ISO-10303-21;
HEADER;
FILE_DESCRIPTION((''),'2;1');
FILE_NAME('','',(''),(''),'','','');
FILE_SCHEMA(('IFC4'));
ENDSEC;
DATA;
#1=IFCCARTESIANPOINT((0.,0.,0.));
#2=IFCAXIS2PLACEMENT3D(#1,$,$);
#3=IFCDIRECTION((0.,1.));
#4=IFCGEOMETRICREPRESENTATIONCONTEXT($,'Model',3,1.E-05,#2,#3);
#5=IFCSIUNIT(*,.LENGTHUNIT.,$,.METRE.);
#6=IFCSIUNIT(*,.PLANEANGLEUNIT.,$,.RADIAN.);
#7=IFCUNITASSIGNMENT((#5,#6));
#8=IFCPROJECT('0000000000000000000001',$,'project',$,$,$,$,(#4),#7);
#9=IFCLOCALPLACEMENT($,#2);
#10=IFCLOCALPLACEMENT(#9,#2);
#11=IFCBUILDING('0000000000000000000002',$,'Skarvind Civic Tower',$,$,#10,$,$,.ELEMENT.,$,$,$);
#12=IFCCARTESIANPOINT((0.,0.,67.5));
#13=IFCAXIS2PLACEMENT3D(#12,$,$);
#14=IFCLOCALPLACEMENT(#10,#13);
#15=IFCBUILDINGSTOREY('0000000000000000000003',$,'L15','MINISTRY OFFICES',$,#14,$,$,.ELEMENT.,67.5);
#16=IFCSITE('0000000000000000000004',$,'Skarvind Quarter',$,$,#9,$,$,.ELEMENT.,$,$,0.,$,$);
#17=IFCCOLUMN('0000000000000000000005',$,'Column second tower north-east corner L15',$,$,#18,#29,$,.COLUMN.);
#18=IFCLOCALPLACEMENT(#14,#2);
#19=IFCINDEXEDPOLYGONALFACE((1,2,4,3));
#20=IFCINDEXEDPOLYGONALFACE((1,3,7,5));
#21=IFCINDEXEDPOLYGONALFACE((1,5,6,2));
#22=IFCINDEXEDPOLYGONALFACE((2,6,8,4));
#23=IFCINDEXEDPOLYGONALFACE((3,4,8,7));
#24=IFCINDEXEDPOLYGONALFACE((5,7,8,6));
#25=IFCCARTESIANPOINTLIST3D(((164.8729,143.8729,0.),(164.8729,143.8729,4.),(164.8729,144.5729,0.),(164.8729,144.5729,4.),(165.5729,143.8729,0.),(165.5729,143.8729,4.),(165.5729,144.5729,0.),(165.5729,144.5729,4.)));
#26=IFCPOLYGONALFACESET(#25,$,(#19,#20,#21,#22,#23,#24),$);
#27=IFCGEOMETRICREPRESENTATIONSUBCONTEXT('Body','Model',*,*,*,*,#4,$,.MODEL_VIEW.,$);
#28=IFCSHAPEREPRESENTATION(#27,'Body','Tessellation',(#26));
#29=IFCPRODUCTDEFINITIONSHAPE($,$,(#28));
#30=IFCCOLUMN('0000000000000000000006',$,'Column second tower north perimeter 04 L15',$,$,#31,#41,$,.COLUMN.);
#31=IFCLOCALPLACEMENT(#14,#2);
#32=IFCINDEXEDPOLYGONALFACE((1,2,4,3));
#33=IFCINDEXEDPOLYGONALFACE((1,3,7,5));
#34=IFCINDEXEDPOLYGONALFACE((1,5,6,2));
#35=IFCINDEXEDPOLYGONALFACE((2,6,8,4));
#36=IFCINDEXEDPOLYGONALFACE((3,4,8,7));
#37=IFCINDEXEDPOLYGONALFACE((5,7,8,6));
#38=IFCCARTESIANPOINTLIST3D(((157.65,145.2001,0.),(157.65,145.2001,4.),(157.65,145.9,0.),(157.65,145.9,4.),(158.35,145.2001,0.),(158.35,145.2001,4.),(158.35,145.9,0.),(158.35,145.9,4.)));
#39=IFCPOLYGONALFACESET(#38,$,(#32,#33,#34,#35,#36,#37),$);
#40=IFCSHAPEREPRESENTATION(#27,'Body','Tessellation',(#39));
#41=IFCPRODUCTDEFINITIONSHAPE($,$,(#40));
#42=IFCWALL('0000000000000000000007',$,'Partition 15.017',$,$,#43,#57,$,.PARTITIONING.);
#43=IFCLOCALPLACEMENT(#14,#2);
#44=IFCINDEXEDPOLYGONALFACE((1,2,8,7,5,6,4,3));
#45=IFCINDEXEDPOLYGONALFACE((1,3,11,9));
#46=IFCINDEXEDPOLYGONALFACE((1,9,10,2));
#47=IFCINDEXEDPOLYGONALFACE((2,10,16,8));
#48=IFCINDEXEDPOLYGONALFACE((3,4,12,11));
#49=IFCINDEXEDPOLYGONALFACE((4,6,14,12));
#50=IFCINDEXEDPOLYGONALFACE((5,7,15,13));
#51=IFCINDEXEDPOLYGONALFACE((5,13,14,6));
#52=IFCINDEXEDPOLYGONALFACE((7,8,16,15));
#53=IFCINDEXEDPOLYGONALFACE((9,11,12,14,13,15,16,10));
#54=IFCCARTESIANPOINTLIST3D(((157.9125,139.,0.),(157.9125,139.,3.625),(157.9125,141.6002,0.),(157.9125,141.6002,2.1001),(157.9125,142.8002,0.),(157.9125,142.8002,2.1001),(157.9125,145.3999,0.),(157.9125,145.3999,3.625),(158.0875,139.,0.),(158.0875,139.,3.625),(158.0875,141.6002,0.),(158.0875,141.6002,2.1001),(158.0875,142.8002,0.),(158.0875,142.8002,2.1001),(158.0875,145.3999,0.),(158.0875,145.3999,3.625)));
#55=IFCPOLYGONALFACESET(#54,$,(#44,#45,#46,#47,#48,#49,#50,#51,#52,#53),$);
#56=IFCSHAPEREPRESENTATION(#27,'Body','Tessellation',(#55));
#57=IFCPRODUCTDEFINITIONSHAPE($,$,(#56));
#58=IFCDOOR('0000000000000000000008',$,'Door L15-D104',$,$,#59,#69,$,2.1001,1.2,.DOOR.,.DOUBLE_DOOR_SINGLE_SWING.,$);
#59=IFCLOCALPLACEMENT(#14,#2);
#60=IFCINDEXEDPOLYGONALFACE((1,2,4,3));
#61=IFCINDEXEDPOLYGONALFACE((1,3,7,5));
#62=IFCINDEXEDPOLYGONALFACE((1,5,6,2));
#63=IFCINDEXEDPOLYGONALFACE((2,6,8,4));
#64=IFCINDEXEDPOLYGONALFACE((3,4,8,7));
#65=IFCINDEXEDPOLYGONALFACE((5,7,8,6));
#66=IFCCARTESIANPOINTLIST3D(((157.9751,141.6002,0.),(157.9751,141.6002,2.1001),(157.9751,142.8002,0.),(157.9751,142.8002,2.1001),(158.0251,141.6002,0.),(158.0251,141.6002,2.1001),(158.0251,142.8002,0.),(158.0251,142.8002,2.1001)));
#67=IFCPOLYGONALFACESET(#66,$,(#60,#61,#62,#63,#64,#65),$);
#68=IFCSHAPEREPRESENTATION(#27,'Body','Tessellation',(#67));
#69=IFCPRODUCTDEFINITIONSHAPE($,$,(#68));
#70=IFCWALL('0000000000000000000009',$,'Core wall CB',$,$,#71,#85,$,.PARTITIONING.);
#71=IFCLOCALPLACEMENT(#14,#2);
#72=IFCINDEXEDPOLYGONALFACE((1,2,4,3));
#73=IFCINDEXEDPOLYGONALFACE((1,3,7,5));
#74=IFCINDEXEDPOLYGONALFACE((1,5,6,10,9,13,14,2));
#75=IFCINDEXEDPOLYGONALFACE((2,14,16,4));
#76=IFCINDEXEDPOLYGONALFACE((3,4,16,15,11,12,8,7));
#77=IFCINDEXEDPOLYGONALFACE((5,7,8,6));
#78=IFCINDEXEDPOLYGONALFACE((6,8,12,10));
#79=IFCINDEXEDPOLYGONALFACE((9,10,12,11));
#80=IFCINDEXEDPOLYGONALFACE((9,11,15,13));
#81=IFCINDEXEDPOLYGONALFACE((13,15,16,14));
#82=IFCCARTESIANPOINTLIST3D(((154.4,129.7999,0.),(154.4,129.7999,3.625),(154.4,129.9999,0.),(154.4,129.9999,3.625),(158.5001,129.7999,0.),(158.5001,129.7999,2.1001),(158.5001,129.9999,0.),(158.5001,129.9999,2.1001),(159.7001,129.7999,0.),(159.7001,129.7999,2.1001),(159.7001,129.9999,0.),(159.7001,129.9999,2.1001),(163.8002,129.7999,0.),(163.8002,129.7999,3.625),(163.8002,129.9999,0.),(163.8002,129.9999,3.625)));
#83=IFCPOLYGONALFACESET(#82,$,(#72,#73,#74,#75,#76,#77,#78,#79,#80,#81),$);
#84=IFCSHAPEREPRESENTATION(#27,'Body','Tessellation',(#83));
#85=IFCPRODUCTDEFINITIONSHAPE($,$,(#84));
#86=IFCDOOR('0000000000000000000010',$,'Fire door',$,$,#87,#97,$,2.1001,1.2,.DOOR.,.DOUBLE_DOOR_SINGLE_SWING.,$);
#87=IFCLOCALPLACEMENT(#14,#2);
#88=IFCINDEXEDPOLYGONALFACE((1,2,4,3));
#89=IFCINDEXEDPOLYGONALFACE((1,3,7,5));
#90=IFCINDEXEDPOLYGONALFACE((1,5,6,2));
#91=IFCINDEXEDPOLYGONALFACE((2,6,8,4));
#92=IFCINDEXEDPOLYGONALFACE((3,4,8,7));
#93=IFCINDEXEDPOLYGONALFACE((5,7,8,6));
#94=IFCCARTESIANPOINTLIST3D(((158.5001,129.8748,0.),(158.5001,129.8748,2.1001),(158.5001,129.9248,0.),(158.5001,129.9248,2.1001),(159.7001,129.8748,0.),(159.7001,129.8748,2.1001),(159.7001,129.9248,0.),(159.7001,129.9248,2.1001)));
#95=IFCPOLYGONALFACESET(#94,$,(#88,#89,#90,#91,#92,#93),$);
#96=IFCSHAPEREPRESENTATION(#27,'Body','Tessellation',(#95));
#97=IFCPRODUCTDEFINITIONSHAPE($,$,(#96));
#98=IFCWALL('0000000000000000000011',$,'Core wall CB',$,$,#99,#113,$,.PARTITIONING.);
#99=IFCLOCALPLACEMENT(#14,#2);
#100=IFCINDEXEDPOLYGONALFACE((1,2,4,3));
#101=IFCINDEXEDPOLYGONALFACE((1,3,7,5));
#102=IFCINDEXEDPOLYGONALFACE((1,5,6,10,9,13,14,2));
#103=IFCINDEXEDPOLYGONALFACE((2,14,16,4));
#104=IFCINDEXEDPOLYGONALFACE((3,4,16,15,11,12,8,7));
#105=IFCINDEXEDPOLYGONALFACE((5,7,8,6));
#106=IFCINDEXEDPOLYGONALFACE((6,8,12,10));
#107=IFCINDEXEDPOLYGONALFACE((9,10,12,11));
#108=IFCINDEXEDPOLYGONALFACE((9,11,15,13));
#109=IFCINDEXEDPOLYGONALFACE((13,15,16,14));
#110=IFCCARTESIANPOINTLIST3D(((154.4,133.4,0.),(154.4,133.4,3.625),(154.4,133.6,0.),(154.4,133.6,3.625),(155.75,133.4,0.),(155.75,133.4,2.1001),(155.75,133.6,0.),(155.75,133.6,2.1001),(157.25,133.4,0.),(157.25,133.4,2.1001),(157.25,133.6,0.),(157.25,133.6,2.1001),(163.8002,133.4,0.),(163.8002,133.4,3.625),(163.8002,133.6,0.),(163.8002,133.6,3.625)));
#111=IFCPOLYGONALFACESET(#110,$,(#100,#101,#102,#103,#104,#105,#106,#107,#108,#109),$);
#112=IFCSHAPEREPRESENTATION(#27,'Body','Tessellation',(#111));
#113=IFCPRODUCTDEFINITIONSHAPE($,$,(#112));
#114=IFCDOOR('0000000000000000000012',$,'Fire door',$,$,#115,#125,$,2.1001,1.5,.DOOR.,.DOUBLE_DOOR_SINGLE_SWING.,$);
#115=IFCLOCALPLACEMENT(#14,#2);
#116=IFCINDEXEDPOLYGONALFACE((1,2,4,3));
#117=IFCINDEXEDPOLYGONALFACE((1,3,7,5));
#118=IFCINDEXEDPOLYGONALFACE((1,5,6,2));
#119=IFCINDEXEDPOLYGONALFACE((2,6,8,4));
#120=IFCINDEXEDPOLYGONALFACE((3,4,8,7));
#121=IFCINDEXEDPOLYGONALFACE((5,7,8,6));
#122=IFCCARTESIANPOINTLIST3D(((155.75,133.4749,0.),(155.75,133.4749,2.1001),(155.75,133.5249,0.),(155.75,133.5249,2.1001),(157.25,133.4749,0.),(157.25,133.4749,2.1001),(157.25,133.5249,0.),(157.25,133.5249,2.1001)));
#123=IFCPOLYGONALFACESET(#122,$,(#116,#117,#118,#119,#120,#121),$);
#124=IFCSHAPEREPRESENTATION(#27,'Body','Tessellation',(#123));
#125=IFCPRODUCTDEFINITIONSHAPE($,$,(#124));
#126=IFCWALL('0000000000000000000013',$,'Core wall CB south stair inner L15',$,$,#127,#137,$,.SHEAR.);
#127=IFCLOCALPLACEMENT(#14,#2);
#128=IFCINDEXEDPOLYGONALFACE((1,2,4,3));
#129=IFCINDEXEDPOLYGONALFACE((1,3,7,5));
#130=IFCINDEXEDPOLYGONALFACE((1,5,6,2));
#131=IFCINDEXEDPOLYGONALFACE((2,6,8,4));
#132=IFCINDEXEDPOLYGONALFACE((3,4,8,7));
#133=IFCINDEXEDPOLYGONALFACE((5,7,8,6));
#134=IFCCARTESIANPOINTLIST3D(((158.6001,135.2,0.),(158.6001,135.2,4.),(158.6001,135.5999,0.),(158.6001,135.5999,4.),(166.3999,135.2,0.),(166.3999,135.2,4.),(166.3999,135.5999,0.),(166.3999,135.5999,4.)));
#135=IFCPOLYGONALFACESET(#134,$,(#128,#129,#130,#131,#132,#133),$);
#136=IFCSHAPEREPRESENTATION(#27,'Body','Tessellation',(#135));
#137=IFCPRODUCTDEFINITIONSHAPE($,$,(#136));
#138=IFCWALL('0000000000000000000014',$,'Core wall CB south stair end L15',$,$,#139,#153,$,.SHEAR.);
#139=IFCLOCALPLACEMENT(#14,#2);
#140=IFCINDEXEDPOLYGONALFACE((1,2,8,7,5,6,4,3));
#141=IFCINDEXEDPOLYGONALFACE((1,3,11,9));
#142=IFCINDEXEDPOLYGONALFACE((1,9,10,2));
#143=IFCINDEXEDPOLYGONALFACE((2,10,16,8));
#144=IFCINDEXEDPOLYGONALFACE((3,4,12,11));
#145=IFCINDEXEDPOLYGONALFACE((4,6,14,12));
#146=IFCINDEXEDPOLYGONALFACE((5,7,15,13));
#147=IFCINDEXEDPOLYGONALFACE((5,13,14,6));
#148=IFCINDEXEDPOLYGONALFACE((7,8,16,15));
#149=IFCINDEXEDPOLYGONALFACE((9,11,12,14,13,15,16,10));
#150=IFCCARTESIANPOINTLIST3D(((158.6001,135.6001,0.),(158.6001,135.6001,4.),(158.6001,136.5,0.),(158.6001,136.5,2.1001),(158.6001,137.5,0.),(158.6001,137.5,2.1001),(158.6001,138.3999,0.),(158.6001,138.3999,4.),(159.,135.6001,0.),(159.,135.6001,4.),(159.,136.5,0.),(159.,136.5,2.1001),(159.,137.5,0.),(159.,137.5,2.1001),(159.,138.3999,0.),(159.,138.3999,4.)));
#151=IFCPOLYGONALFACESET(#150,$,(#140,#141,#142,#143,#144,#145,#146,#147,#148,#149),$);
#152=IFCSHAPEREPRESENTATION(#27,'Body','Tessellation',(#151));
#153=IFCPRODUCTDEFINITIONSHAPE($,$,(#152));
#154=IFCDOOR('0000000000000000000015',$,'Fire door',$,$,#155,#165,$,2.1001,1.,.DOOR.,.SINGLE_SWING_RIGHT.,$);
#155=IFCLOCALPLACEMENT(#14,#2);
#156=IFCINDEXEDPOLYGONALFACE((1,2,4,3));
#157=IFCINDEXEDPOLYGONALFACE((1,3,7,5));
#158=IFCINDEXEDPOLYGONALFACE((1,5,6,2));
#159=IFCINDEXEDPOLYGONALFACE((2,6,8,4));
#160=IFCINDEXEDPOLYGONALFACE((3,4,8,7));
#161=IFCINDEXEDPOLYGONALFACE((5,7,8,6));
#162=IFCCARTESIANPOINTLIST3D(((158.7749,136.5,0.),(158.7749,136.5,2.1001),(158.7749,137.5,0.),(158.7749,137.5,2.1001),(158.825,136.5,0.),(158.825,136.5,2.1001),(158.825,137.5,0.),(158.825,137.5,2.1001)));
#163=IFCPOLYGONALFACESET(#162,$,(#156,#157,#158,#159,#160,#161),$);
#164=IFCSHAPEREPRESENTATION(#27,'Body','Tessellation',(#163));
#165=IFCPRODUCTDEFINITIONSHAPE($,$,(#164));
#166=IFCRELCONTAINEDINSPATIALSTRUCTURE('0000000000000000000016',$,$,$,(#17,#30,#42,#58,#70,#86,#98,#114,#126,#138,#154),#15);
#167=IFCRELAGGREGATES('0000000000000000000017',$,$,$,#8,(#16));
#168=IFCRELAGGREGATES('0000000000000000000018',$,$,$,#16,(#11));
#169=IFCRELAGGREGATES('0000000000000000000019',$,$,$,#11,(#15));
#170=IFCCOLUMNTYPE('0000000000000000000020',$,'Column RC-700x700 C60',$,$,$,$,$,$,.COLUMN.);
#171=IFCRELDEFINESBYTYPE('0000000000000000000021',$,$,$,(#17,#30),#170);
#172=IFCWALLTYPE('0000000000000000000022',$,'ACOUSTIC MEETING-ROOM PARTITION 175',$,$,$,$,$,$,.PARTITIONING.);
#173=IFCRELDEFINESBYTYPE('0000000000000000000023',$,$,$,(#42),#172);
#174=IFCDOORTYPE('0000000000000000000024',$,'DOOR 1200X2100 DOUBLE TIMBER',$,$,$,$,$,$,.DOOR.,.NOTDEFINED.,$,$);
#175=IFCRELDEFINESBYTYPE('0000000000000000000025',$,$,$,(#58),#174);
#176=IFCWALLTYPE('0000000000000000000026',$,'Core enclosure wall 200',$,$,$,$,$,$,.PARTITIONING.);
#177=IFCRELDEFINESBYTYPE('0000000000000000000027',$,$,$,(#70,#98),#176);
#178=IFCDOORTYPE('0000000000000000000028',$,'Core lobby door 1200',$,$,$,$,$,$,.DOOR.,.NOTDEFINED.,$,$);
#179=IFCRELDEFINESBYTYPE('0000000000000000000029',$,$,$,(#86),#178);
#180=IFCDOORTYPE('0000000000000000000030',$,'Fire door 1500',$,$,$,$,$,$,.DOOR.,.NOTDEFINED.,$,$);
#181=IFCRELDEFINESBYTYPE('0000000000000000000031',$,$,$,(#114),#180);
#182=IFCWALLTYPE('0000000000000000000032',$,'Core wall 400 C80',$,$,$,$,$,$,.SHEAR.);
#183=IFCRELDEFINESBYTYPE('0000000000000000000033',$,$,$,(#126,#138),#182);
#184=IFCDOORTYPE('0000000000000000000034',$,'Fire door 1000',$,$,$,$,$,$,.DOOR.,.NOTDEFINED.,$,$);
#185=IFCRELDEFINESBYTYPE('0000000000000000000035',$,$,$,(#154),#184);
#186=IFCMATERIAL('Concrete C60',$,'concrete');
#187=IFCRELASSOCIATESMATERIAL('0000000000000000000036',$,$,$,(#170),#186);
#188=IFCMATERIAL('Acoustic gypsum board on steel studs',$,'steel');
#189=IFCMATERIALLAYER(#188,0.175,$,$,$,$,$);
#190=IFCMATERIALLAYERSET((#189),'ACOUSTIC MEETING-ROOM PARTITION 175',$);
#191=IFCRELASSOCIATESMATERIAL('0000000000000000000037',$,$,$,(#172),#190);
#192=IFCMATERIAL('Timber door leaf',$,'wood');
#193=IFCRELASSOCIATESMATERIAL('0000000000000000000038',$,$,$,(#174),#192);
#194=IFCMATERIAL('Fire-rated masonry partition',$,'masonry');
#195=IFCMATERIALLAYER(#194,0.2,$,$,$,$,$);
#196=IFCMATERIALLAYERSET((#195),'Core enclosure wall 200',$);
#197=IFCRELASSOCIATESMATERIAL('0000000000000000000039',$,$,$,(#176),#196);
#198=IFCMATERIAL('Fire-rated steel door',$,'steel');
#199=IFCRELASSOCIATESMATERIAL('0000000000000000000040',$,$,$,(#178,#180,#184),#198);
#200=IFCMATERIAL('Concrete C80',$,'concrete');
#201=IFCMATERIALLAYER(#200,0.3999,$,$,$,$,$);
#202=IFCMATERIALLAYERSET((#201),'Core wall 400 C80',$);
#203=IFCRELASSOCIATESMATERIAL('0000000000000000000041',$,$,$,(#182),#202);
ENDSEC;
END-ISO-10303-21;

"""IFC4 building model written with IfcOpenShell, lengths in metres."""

from ifc_helpers import new_model, si_unit, direction, frame, frame_2d, origin, origin_2d, place, context, subcontext, project, spatial, rectangle, extrude, material, layer, layer_set, material_profile, profile_set, type_object, element, fill, save


model = new_model("IFC4")

# Units and contexts
model_context = context("Model", 3, precision=1e-05, world=origin(), true_north=direction((0.0, 1.0)))
body_context = subcontext(model_context, "Body", "Model", "MODEL_VIEW")
ifc_project = project(units=[si_unit("LENGTHUNIT", "METRE"), si_unit("PLANEANGLEUNIT", "RADIAN")], contexts=[model_context])

# Site, building, storey
site_placement = place(None, origin())
site = spatial("IfcSite", under=ifc_project, at=site_placement, Name="Skarvind Quarter", CompositionType="ELEMENT", RefElevation=0.0)
building_placement = place(site_placement, origin())
building = spatial("IfcBuilding", under=site, at=building_placement, Name="Skarvind Civic Tower", CompositionType="ELEMENT")
storey_placement = place(building_placement, frame((0.0, 0.0, 67.5)))
storey = spatial("IfcBuildingStorey", under=building, at=storey_placement, Name="L15", Description="MINISTRY OFFICES", CompositionType="ELEMENT", Elevation=67.5)

# Columns
ifc_material_1 = material(Name="Concrete C60", Category="concrete")
ifc_material_profile = material_profile(ifc_material_1, rectangle(XDim=0.7, YDim=0.7, at=origin_2d()), Name="RC-700x700")
ifc_profile_set = profile_set([ifc_material_profile], Name="Concrete C60")
column_type = type_object("IfcColumnType", Name="Column RC-700x700 C60", PredefinedType="COLUMN", material=ifc_profile_set)
for number, where, z_axis, x_axis, name in (
    (1, (165.2229, 144.2229, 0.0), (0.0, 0.0, 1.0), (1.0, 0.0, 0.0), "Column second tower north-east corner L15"),
    (2, (158.0, 145.55, 0.0), (0.0, 0.0, 1.0), (1.0, 0.0, 0.0), "Column second tower north perimeter 04 L15"),
):
    element("IfcColumn", number, at=place(storey_placement, frame(where, z_axis=z_axis, x_axis=x_axis)), inside=storey, type_object=column_type, Name=name, PredefinedType="COLUMN", context=body_context, shape_type="SweptSolid", body=[
        extrude(rectangle(XDim=0.7, YDim=0.7, at=origin_2d()), origin(), (0.0, 0.0, 1.0), 4.0),
    ])

# Walls, openings, doors
ifc_material_2 = material(Name="Acoustic gypsum board on steel studs", Category="steel")
ifc_layer_1 = layer(ifc_material_2, 0.175)
ifc_layer_set_1 = layer_set([ifc_layer_1], Name="ACOUSTIC MEETING-ROOM PARTITION 175")
wall_type_1 = type_object("IfcWallType", Name="ACOUSTIC MEETING-ROOM PARTITION 175", PredefinedType="PARTITIONING", material=ifc_layer_set_1)
wall_1_placement = place(storey_placement, frame((158.0, 139.0, 0.0), z_axis=(0.0, 0.0, 1.0), x_axis=(0.0, 1.0, 0.0)))
wall_1 = element("IfcWall", 3, at=wall_1_placement, inside=storey, type_object=wall_type_1, Name="Partition 15.017", PredefinedType="PARTITIONING", context=body_context, shape_type="SweptSolid", body=[
    extrude(rectangle(XDim=6.3999, YDim=0.175, at=frame_2d((3.2, 0.0))), origin(), (0.0, 0.0, 1.0), 3.625),
])
opening_1_placement = place(wall_1_placement, frame((2.6001, 0.0, 0.0)))
opening_1 = element("IfcOpeningElement", 4, at=opening_1_placement, cuts=wall_1, PredefinedType="OPENING", context=body_context, shape_type="SweptSolid", body=[
    extrude(rectangle(XDim=1.2, YDim=2.1001, at=frame_2d((0.6001, 1.05))), frame((0.0, 0.0974, 0.0), z_axis=(0.0, -1.0, 0.0), x_axis=(1.0, 0.0, 0.0)), (0.0, 0.0, 1.0), 0.1951),
])
ifc_material_3 = material(Name="Timber door leaf", Category="wood")
door_type_1 = type_object("IfcDoorType", Name="DOOR 1200X2100 DOUBLE TIMBER", OperationType="NOTDEFINED", PredefinedType="DOOR", material=ifc_material_3)
door_1_placement = place(opening_1_placement, origin())
door_1 = element("IfcDoor", 5, at=door_1_placement, inside=storey, type_object=door_type_1, Name="Door L15-D104", OperationType="DOUBLE_DOOR_SINGLE_SWING", OverallHeight=2.1001, OverallWidth=1.2, PredefinedType="DOOR", context=body_context, shape_type="SweptSolid", body=[
    extrude(rectangle(XDim=1.2, YDim=2.1001, at=frame_2d((0.6001, 1.05))), frame((0.0, 0.0249, 0.0), z_axis=(0.0, -1.0, 0.0), x_axis=(1.0, 0.0, 0.0)), (0.0, 0.0, 1.0), 0.05),
])
fill(opening_1, door_1)
ifc_material_4 = material(Name="Fire-rated masonry partition", Category="masonry")
ifc_layer_2 = layer(ifc_material_4, 0.2)
ifc_layer_set_2 = layer_set([ifc_layer_2], Name="Core enclosure wall 200")
wall_type_2 = type_object("IfcWallType", Name="Core enclosure wall 200", PredefinedType="PARTITIONING", material=ifc_layer_set_2)
wall_2_placement = place(storey_placement, frame((154.3999, 129.8999, 0.0), z_axis=(0.0, 0.0, 1.0), x_axis=(1.0, 0.0, 0.0)))
wall_2 = element("IfcWall", 6, at=wall_2_placement, inside=storey, type_object=wall_type_2, Name="Core wall CB", PredefinedType="PARTITIONING", context=body_context, shape_type="SweptSolid", body=[
    extrude(rectangle(XDim=9.4001, YDim=0.2, at=frame_2d((4.7002, 0.0))), origin(), (0.0, 0.0, 1.0), 3.625),
])
opening_2_placement = place(wall_2_placement, frame((4.1001, 0.0, 0.0)))
opening_2 = element("IfcOpeningElement", 7, at=opening_2_placement, cuts=wall_2, PredefinedType="OPENING", context=body_context, shape_type="SweptSolid", body=[
    extrude(rectangle(XDim=1.2, YDim=2.1001, at=frame_2d((0.6001, 1.05))), frame((0.0, 0.1099, 0.0), z_axis=(0.0, -1.0, 0.0), x_axis=(1.0, 0.0, 0.0)), (0.0, 0.0, 1.0), 0.22),
])
ifc_material_5 = material(Name="Fire-rated steel door", Category="steel")
door_type_2 = type_object("IfcDoorType", Name="Core lobby door 1200", OperationType="NOTDEFINED", PredefinedType="DOOR", material=ifc_material_5)
door_2_placement = place(opening_2_placement, origin())
door_2 = element("IfcDoor", 8, at=door_2_placement, inside=storey, type_object=door_type_2, Name="Fire door", OperationType="DOUBLE_DOOR_SINGLE_SWING", OverallHeight=2.1001, OverallWidth=1.2, PredefinedType="DOOR", context=body_context, shape_type="SweptSolid", body=[
    extrude(rectangle(XDim=1.2, YDim=2.1001, at=frame_2d((0.6001, 1.05))), frame((0.0, 0.0249, 0.0), z_axis=(0.0, -1.0, 0.0), x_axis=(1.0, 0.0, 0.0)), (0.0, 0.0, 1.0), 0.05),
])
fill(opening_2, door_2)
wall_3_placement = place(storey_placement, frame((154.3999, 133.5, 0.0), z_axis=(0.0, 0.0, 1.0), x_axis=(1.0, 0.0, 0.0)))
wall_3 = element("IfcWall", 9, at=wall_3_placement, inside=storey, type_object=wall_type_2, Name="Core wall CB", PredefinedType="PARTITIONING", context=body_context, shape_type="SweptSolid", body=[
    extrude(rectangle(XDim=9.4001, YDim=0.2, at=frame_2d((4.7002, 0.0))), origin(), (0.0, 0.0, 1.0), 3.625),
])
opening_3_placement = place(wall_3_placement, frame((1.3501, 0.0, 0.0)))
opening_3 = element("IfcOpeningElement", 10, at=opening_3_placement, cuts=wall_3, PredefinedType="OPENING", context=body_context, shape_type="SweptSolid", body=[
    extrude(rectangle(XDim=1.5, YDim=2.1001, at=frame_2d((0.75, 1.05))), frame((0.0, 0.1099, 0.0), z_axis=(0.0, -1.0, 0.0), x_axis=(1.0, 0.0, 0.0)), (0.0, 0.0, 1.0), 0.22),
])
door_type_3 = type_object("IfcDoorType", Name="Fire door 1500", OperationType="NOTDEFINED", PredefinedType="DOOR", material=ifc_material_5)
door_3_placement = place(opening_3_placement, origin())
door_3 = element("IfcDoor", 11, at=door_3_placement, inside=storey, type_object=door_type_3, Name="Fire door", OperationType="DOUBLE_DOOR_SINGLE_SWING", OverallHeight=2.1001, OverallWidth=1.5, PredefinedType="DOOR", context=body_context, shape_type="SweptSolid", body=[
    extrude(rectangle(XDim=1.5, YDim=2.1001, at=frame_2d((0.75, 1.05))), frame((0.0, 0.0249, 0.0), z_axis=(0.0, -1.0, 0.0), x_axis=(1.0, 0.0, 0.0)), (0.0, 0.0, 1.0), 0.05),
])
fill(opening_3, door_3)

# Wall
ifc_material_6 = material(Name="Concrete C80", Category="concrete")
ifc_layer_3 = layer(ifc_material_6, 0.3999)
ifc_layer_set_3 = layer_set([ifc_layer_3], Name="Core wall 400 C80")
wall_type_3 = type_object("IfcWallType", Name="Core wall 400 C80", PredefinedType="SHEAR", material=ifc_layer_set_3)
wall_4_placement = place(storey_placement, frame((166.3999, 135.3999, 0.0), z_axis=(0.0, 0.0, 1.0), x_axis=(-1.0, 0.0, 0.0)))
element("IfcWall", 12, at=wall_4_placement, inside=storey, type_object=wall_type_3, Name="Core wall CB south stair inner L15", PredefinedType="SHEAR", context=body_context, shape_type="SweptSolid", body=[
    extrude(rectangle(XDim=7.7998, YDim=0.3999, at=frame_2d((3.8999, 0.0))), origin(), (0.0, 0.0, 1.0), 4.0),
])

# Wall, opening, door
wall_5_placement = place(storey_placement, frame((158.8, 138.3999, 0.0), z_axis=(0.0, 0.0, 1.0), x_axis=(0.0, -1.0, 0.0)))
wall_5 = element("IfcWall", 13, at=wall_5_placement, inside=storey, type_object=wall_type_3, Name="Core wall CB south stair end L15", PredefinedType="SHEAR", context=body_context, shape_type="SweptSolid", body=[
    extrude(rectangle(XDim=2.7998, YDim=0.3999, at=frame_2d((1.3999, 0.0))), origin(), (0.0, 0.0, 1.0), 4.0),
])
opening_4_placement = place(wall_5_placement, frame((0.8999, 0.0, 0.0)))
opening_4 = element("IfcOpeningElement", 14, at=opening_4_placement, cuts=wall_5, PredefinedType="OPENING", context=body_context, shape_type="SweptSolid", body=[
    extrude(rectangle(XDim=1.0, YDim=2.1001, at=frame_2d((0.5, 1.05))), frame((0.0, 0.21, 0.0), z_axis=(0.0, -1.0, 0.0), x_axis=(1.0, 0.0, 0.0)), (0.0, 0.0, 1.0), 0.4199),
])
door_type_4 = type_object("IfcDoorType", Name="Fire door 1000", OperationType="NOTDEFINED", PredefinedType="DOOR", material=ifc_material_5)
door_4_placement = place(opening_4_placement, origin())
door_4 = element("IfcDoor", 15, at=door_4_placement, inside=storey, type_object=door_type_4, Name="Fire door", OperationType="SINGLE_SWING_RIGHT", OverallHeight=2.1001, OverallWidth=1.0, PredefinedType="DOOR", context=body_context, shape_type="SweptSolid", body=[
    extrude(rectangle(XDim=1.0, YDim=2.1001, at=frame_2d((0.5, 1.05))), frame((0.0, 0.0249, 0.0), z_axis=(0.0, -1.0, 0.0), x_axis=(1.0, 0.0, 0.0)), (0.0, 0.0, 1.0), 0.05),
])
fill(opening_4, door_4)

save(model, "model.ifc")
